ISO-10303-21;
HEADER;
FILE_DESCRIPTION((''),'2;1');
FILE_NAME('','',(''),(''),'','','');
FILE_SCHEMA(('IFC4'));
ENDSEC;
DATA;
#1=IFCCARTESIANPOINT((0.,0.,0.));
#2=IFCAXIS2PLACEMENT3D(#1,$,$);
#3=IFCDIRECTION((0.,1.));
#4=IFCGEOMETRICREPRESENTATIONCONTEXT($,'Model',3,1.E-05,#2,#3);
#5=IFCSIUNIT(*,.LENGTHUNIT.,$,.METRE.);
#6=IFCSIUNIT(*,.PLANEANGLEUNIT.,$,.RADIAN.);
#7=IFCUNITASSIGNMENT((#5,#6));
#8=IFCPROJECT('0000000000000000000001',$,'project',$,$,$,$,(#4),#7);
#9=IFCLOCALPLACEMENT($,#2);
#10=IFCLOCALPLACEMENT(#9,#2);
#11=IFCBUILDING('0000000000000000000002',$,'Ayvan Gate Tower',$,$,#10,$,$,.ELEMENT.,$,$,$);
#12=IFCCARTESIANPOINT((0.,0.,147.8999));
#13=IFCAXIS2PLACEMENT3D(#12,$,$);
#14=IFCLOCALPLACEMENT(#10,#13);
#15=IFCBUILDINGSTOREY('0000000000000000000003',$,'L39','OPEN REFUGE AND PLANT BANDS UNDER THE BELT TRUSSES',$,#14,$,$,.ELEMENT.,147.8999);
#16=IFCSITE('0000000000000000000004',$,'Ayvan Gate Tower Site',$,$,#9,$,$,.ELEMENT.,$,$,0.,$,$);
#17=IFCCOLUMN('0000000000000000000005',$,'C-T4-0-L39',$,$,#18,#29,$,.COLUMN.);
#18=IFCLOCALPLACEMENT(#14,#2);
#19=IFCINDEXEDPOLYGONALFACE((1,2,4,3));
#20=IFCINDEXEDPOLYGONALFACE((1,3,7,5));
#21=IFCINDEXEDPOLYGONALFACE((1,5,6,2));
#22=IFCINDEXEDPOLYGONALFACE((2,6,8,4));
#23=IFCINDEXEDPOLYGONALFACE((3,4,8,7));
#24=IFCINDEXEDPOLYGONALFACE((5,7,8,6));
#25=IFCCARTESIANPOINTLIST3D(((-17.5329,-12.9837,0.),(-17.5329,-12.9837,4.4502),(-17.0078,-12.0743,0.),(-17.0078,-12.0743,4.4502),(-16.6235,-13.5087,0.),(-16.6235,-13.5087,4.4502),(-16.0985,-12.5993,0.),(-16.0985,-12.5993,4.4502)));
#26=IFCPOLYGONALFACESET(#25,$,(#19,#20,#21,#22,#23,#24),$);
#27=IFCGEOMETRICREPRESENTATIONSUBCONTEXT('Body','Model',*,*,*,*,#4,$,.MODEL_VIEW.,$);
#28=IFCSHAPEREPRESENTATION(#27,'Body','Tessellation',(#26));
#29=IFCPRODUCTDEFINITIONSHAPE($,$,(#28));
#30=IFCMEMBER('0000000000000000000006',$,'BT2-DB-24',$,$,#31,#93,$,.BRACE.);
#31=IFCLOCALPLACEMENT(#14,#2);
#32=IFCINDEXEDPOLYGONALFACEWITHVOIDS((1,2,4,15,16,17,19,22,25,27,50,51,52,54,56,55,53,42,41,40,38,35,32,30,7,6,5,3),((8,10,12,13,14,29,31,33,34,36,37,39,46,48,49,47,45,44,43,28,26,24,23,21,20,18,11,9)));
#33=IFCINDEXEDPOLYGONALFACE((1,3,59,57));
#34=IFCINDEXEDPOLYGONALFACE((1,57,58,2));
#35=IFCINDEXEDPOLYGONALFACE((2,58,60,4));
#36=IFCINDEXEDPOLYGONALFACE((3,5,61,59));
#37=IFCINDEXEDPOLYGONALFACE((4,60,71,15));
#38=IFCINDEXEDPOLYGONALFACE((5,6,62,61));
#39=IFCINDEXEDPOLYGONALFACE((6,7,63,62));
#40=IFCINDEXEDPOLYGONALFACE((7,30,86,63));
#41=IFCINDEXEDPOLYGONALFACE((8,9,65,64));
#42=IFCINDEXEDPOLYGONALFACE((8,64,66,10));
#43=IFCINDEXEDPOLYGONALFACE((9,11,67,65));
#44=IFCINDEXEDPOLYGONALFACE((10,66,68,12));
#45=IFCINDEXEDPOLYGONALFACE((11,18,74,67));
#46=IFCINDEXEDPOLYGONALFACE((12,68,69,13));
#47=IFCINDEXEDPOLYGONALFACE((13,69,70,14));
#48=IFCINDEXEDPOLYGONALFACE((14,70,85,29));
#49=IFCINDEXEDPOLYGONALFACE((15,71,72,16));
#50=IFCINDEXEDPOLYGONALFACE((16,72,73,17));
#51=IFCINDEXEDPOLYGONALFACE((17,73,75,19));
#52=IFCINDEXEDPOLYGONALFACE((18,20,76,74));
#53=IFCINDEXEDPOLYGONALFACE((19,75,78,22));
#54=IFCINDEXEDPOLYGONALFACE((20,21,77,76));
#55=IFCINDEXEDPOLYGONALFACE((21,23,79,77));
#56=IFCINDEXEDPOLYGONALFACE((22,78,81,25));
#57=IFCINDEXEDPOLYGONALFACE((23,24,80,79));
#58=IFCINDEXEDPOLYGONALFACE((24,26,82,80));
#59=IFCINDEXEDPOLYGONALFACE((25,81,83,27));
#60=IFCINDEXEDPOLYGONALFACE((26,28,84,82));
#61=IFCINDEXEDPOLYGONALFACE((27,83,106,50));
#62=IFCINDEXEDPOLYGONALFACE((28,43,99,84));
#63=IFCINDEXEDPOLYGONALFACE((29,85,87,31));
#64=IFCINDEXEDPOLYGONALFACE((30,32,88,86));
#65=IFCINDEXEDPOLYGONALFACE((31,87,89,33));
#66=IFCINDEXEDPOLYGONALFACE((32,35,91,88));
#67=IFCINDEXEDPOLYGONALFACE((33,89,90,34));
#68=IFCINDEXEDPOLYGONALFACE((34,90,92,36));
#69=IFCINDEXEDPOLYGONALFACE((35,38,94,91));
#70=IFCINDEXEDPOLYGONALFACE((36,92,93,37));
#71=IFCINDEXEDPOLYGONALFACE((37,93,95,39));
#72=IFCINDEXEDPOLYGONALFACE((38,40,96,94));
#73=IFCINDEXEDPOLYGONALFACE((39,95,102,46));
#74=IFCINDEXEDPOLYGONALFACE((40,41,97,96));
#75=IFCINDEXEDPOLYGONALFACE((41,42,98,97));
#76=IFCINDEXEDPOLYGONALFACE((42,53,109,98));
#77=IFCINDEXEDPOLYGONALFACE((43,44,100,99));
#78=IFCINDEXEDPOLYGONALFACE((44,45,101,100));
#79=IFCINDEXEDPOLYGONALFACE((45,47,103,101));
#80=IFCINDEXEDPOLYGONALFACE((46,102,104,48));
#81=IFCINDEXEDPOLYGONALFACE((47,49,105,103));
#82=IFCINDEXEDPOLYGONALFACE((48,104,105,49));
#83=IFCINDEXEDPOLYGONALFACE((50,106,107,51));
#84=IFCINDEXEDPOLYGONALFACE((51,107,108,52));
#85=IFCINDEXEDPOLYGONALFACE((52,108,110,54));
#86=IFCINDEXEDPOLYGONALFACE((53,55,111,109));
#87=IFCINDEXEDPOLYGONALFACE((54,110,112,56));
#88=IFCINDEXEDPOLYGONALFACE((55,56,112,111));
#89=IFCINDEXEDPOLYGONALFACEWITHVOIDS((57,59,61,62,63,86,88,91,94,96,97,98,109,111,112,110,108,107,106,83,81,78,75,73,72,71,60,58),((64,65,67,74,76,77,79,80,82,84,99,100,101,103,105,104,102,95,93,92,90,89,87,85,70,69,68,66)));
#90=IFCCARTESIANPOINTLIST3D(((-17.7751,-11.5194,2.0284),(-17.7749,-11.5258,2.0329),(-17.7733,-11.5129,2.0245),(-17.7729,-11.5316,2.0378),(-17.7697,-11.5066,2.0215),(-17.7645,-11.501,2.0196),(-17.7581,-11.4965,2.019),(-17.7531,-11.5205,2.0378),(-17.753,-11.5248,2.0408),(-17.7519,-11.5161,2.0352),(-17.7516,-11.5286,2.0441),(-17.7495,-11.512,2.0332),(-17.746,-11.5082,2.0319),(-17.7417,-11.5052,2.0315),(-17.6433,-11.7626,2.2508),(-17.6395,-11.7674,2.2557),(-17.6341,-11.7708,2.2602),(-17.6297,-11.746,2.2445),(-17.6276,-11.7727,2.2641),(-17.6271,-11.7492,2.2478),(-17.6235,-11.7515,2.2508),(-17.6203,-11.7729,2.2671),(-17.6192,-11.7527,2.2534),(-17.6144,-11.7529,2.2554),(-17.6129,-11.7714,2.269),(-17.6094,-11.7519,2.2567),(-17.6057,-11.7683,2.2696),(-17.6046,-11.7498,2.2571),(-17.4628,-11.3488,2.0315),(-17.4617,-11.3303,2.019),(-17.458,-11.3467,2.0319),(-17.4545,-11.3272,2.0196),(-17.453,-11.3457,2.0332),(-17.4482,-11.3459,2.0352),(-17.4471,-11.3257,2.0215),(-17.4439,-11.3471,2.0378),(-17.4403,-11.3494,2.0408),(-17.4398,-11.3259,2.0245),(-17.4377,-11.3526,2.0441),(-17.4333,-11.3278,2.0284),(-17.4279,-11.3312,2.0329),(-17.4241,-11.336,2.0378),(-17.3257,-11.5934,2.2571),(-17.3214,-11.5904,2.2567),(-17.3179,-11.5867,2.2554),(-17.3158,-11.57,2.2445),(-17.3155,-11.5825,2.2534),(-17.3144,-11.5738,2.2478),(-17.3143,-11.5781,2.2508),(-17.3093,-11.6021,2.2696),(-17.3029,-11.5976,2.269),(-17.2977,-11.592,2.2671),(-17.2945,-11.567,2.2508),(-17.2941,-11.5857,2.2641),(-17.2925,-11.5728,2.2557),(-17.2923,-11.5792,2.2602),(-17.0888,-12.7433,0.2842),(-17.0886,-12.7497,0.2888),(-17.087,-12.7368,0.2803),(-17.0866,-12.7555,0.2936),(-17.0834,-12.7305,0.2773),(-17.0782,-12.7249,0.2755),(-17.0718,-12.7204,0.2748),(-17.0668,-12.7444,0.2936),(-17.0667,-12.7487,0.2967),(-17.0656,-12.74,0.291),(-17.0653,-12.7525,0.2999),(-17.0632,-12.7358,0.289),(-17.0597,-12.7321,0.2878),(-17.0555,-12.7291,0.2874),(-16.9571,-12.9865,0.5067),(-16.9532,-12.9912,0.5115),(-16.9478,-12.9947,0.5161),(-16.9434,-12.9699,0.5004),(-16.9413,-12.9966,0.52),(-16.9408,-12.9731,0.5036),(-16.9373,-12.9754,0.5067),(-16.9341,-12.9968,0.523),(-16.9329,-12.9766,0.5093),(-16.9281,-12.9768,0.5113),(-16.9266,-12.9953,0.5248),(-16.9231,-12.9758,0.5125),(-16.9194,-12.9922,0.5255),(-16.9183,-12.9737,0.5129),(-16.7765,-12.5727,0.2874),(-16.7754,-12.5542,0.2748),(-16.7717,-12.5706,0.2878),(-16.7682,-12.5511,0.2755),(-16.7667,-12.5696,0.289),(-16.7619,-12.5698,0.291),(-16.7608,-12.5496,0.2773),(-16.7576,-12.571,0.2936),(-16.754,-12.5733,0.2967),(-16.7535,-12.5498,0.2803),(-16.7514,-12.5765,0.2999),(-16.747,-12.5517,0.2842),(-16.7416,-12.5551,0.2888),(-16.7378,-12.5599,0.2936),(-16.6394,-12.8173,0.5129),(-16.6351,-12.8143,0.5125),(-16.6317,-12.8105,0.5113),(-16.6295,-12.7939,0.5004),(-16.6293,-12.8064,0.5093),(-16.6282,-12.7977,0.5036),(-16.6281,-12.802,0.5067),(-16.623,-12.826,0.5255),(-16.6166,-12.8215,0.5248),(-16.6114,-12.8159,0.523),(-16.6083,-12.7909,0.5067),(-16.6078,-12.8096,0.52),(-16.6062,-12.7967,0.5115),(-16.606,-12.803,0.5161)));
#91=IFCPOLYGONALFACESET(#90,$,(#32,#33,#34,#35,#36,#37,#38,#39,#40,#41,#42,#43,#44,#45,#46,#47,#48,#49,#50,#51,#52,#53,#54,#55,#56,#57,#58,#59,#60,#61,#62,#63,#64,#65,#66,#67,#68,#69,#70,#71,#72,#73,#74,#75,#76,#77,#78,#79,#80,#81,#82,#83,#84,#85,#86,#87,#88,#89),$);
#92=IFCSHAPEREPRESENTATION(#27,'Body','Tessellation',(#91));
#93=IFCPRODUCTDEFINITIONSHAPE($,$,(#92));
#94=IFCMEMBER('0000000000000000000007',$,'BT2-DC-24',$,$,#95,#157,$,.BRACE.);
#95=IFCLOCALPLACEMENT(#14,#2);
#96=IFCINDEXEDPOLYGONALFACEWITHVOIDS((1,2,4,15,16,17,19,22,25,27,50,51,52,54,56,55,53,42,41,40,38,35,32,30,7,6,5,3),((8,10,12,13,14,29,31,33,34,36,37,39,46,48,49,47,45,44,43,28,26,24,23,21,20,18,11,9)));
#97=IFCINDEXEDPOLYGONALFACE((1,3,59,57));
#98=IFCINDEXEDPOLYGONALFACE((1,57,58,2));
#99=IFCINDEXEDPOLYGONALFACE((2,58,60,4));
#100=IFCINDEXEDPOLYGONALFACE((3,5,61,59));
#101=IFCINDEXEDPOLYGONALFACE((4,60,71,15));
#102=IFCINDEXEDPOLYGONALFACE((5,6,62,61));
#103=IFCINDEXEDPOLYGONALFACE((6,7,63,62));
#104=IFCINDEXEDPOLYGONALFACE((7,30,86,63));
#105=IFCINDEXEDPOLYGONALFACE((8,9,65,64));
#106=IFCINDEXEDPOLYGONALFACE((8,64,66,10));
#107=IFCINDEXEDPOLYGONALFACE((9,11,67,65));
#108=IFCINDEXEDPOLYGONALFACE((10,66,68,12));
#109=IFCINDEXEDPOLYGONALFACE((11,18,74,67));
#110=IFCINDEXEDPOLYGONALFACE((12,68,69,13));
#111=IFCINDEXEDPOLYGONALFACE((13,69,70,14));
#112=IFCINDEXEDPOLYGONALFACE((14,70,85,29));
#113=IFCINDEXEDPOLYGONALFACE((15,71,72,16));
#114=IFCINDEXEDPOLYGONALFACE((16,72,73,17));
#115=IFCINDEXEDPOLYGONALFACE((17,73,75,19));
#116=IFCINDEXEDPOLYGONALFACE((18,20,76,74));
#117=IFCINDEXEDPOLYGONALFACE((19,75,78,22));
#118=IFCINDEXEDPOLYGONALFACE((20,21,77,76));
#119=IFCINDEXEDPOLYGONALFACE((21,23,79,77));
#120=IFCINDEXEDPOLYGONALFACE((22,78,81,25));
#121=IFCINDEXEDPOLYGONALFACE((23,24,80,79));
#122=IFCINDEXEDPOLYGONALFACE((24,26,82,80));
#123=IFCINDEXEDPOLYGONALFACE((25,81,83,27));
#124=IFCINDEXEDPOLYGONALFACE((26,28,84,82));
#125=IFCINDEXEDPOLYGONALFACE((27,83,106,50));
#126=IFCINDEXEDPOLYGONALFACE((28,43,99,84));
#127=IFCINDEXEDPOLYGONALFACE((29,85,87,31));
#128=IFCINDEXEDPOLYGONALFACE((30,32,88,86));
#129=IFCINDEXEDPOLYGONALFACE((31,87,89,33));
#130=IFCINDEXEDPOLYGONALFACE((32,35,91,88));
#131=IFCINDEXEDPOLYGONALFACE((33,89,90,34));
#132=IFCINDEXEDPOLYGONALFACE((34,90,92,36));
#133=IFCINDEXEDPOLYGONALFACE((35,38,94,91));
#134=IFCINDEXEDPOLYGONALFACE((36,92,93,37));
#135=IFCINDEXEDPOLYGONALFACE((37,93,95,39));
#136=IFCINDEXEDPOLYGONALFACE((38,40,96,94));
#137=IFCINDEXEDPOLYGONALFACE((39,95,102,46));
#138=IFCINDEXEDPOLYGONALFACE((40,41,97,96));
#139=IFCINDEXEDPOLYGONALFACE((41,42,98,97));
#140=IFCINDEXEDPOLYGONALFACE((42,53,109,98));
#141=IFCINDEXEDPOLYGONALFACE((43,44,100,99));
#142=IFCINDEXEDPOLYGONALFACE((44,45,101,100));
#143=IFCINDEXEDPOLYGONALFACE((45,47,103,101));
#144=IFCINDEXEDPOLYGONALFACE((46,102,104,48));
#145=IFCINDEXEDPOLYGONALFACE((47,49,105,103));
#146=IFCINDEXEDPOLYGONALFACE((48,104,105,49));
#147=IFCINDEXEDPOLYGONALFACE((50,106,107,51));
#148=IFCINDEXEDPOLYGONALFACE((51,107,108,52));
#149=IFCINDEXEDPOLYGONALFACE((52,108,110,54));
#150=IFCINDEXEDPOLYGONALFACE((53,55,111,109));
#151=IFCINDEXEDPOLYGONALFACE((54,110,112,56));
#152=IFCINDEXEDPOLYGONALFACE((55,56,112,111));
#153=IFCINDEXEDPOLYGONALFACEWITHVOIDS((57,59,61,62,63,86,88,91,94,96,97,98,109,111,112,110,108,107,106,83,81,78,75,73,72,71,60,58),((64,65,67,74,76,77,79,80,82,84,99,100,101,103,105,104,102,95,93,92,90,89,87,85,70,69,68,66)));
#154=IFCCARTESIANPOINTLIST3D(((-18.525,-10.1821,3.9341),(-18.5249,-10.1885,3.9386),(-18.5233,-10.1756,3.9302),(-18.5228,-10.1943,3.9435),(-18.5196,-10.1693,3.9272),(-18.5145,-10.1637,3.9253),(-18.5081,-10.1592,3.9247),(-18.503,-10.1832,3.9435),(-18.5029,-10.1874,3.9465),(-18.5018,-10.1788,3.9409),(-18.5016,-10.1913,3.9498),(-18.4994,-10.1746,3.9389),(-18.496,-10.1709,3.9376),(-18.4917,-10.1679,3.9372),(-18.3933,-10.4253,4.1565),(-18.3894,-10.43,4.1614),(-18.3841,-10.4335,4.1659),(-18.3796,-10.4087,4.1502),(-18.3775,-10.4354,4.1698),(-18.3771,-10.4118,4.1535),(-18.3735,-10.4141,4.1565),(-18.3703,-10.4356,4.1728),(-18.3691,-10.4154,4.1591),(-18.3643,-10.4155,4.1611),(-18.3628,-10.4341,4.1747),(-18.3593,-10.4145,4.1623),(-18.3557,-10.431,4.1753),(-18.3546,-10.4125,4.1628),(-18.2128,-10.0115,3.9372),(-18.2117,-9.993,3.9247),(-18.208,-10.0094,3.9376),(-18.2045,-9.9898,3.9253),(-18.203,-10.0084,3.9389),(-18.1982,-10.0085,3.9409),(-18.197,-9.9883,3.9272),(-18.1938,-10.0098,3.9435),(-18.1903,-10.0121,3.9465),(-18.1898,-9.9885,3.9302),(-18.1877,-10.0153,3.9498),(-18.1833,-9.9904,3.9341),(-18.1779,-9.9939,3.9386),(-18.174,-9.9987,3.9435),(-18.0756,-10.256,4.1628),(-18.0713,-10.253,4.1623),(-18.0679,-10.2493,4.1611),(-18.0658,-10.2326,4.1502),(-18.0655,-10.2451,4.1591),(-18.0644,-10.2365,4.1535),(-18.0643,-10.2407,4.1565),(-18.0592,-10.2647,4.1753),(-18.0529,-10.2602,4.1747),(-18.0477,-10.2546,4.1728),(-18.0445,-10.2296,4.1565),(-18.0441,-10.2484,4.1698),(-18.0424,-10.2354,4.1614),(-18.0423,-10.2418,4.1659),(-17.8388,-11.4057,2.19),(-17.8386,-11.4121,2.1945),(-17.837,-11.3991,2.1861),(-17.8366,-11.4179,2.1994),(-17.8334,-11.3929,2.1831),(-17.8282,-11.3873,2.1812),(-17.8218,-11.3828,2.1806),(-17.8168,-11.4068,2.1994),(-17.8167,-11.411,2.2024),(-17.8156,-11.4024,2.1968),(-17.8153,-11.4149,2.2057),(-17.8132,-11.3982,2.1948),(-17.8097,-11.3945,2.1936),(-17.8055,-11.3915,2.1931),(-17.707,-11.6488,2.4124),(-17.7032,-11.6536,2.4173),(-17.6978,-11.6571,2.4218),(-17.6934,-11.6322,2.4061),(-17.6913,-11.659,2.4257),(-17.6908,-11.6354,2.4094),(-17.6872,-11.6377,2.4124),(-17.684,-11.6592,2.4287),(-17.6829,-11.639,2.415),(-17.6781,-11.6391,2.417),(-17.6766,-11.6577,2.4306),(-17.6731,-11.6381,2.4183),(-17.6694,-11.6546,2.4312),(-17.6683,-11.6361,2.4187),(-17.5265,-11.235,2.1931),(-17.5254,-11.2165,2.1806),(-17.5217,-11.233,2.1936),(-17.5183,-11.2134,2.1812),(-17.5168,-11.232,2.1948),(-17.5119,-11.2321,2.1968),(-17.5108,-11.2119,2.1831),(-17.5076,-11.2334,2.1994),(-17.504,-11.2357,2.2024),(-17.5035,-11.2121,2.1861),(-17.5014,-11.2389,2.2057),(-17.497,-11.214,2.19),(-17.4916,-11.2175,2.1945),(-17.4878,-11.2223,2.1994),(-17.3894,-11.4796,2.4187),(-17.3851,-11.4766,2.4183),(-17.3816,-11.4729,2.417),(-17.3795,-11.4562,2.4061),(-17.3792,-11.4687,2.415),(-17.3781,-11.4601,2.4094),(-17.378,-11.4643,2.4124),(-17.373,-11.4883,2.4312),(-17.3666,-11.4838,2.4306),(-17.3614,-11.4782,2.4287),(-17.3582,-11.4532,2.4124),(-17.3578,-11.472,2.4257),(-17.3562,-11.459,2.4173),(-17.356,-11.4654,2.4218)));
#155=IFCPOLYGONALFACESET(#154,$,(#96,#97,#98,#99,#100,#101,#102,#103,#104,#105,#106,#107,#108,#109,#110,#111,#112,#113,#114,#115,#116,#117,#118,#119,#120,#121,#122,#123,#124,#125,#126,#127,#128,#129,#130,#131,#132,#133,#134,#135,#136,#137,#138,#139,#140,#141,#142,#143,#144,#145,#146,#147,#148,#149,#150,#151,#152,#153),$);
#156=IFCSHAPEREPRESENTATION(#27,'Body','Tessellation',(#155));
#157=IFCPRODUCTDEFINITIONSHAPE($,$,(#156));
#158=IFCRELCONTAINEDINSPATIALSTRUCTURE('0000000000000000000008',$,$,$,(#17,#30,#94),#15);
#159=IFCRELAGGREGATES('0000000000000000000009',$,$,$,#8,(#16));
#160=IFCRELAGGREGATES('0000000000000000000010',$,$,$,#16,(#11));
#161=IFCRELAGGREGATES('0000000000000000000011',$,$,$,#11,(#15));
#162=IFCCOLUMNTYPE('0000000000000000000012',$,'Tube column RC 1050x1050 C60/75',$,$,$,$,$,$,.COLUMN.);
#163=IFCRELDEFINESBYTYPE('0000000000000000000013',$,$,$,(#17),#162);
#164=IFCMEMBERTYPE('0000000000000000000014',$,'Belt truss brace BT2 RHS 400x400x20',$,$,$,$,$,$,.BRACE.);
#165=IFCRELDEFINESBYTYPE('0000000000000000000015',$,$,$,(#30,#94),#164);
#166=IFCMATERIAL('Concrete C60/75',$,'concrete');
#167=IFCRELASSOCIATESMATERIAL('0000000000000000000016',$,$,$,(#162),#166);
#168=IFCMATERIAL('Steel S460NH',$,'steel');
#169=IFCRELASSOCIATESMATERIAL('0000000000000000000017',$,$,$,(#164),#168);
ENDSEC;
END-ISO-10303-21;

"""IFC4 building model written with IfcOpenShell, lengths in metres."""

from ifc_helpers import new_model, si_unit, direction, frame, origin, origin_2d, place, context, subcontext, project, spatial, rectangle, hollow_rectangle, extrude, material, material_profile, profile_set, type_object, element, save


model = new_model("IFC4")

# Units and contexts
model_context = context("Model", 3, precision=1e-05, world=origin(), true_north=direction((0.0, 1.0)))
body_context = subcontext(model_context, "Body", "Model", "MODEL_VIEW")
ifc_project = project(units=[si_unit("LENGTHUNIT", "METRE"), si_unit("PLANEANGLEUNIT", "RADIAN")], contexts=[model_context])

# Site, building, storey
site_placement = place(None, origin())
site = spatial("IfcSite", under=ifc_project, at=site_placement, Name="Ayvan Gate Tower Site", CompositionType="ELEMENT", RefElevation=0.0)
building_placement = place(site_placement, origin())
building = spatial("IfcBuilding", under=site, at=building_placement, Name="Ayvan Gate Tower", CompositionType="ELEMENT")
storey_placement = place(building_placement, frame((0.0, 0.0, 147.8999)))
storey = spatial("IfcBuildingStorey", under=building, at=storey_placement, Name="L39", Description="OPEN REFUGE AND PLANT BANDS UNDER THE BELT TRUSSES", CompositionType="ELEMENT", Elevation=147.8999)

# Column
ifc_material_1 = material(Name="Concrete C60/75", Category="concrete")
ifc_material_profile_1 = material_profile(ifc_material_1, rectangle(XDim=1.05, YDim=1.05, at=origin_2d()), Name="RC 1050x1050")
ifc_profile_set_1 = profile_set([ifc_material_profile_1], Name="Concrete C60/75")
column_type = type_object("IfcColumnType", Name="Tube column RC 1050x1050 C60/75", PredefinedType="COLUMN", material=ifc_profile_set_1)
column_placement = place(storey_placement, frame((-16.8157, -12.7915, 0.0), z_axis=(0.0, 0.0, 1.0), x_axis=(-0.5, -0.866025, 0.0)))
element("IfcColumn", 1, at=column_placement, inside=storey, type_object=column_type, Name="C-T4-0-L39", PredefinedType="COLUMN", context=body_context, shape_type="SweptSolid", body=[
    extrude(rectangle(XDim=1.05, YDim=1.05, at=origin_2d()), origin(), (0.0, 0.0, 1.0), 4.4502),
])

# Members
ifc_material_2 = material(Name="Steel S460NH", Category="steel")
ifc_material_profile_2 = material_profile(ifc_material_2, hollow_rectangle(XDim=0.3999, YDim=0.3999, WallThickness=0.02, InnerFilletRadius=0.02, OuterFilletRadius=0.03, at=origin_2d()), Name="RHS 400x400x20")
ifc_profile_set_2 = profile_set([ifc_material_profile_2], Name="Steel S460NH")
member_type_1 = type_object("IfcMemberType", Name="Belt truss brace BT2 RHS 400x400x20", PredefinedType="BRACE", material=ifc_profile_set_2)
member_1_placement = place(storey_placement, frame((-16.8474, -12.7732, 0.4001), z_axis=(-0.30658, 0.54674, 0.779156), x_axis=(-0.87223, -0.489096, 0.0)))
element("IfcMember", 2, at=member_1_placement, inside=storey, type_object=member_type_1, Name="BT2-DB-24", PredefinedType="BRACE", context=body_context, shape_type="SweptSolid", body=[
    extrude(hollow_rectangle(XDim=0.3999, YDim=0.3999, WallThickness=0.02, InnerFilletRadius=0.02, OuterFilletRadius=0.03, at=origin_2d()), origin(), (0.0, 0.0, 1.0), 2.2385),
])
member_2_placement = place(storey_placement, frame((-17.5974, -11.4355, 2.3059), z_axis=(-0.306598, 0.546663, 0.779203), x_axis=(-0.872188, -0.48917, 0.0)))
element("IfcMember", 3, at=member_2_placement, inside=storey, type_object=member_type_1, Name="BT2-DC-24", PredefinedType="BRACE", context=body_context, shape_type="SweptSolid", body=[
    extrude(hollow_rectangle(XDim=0.3999, YDim=0.3999, WallThickness=0.02, InnerFilletRadius=0.02, OuterFilletRadius=0.03, at=origin_2d()), origin(), (0.0, 0.0, 1.0), 2.2383),
])

save(model, "model.ifc")
